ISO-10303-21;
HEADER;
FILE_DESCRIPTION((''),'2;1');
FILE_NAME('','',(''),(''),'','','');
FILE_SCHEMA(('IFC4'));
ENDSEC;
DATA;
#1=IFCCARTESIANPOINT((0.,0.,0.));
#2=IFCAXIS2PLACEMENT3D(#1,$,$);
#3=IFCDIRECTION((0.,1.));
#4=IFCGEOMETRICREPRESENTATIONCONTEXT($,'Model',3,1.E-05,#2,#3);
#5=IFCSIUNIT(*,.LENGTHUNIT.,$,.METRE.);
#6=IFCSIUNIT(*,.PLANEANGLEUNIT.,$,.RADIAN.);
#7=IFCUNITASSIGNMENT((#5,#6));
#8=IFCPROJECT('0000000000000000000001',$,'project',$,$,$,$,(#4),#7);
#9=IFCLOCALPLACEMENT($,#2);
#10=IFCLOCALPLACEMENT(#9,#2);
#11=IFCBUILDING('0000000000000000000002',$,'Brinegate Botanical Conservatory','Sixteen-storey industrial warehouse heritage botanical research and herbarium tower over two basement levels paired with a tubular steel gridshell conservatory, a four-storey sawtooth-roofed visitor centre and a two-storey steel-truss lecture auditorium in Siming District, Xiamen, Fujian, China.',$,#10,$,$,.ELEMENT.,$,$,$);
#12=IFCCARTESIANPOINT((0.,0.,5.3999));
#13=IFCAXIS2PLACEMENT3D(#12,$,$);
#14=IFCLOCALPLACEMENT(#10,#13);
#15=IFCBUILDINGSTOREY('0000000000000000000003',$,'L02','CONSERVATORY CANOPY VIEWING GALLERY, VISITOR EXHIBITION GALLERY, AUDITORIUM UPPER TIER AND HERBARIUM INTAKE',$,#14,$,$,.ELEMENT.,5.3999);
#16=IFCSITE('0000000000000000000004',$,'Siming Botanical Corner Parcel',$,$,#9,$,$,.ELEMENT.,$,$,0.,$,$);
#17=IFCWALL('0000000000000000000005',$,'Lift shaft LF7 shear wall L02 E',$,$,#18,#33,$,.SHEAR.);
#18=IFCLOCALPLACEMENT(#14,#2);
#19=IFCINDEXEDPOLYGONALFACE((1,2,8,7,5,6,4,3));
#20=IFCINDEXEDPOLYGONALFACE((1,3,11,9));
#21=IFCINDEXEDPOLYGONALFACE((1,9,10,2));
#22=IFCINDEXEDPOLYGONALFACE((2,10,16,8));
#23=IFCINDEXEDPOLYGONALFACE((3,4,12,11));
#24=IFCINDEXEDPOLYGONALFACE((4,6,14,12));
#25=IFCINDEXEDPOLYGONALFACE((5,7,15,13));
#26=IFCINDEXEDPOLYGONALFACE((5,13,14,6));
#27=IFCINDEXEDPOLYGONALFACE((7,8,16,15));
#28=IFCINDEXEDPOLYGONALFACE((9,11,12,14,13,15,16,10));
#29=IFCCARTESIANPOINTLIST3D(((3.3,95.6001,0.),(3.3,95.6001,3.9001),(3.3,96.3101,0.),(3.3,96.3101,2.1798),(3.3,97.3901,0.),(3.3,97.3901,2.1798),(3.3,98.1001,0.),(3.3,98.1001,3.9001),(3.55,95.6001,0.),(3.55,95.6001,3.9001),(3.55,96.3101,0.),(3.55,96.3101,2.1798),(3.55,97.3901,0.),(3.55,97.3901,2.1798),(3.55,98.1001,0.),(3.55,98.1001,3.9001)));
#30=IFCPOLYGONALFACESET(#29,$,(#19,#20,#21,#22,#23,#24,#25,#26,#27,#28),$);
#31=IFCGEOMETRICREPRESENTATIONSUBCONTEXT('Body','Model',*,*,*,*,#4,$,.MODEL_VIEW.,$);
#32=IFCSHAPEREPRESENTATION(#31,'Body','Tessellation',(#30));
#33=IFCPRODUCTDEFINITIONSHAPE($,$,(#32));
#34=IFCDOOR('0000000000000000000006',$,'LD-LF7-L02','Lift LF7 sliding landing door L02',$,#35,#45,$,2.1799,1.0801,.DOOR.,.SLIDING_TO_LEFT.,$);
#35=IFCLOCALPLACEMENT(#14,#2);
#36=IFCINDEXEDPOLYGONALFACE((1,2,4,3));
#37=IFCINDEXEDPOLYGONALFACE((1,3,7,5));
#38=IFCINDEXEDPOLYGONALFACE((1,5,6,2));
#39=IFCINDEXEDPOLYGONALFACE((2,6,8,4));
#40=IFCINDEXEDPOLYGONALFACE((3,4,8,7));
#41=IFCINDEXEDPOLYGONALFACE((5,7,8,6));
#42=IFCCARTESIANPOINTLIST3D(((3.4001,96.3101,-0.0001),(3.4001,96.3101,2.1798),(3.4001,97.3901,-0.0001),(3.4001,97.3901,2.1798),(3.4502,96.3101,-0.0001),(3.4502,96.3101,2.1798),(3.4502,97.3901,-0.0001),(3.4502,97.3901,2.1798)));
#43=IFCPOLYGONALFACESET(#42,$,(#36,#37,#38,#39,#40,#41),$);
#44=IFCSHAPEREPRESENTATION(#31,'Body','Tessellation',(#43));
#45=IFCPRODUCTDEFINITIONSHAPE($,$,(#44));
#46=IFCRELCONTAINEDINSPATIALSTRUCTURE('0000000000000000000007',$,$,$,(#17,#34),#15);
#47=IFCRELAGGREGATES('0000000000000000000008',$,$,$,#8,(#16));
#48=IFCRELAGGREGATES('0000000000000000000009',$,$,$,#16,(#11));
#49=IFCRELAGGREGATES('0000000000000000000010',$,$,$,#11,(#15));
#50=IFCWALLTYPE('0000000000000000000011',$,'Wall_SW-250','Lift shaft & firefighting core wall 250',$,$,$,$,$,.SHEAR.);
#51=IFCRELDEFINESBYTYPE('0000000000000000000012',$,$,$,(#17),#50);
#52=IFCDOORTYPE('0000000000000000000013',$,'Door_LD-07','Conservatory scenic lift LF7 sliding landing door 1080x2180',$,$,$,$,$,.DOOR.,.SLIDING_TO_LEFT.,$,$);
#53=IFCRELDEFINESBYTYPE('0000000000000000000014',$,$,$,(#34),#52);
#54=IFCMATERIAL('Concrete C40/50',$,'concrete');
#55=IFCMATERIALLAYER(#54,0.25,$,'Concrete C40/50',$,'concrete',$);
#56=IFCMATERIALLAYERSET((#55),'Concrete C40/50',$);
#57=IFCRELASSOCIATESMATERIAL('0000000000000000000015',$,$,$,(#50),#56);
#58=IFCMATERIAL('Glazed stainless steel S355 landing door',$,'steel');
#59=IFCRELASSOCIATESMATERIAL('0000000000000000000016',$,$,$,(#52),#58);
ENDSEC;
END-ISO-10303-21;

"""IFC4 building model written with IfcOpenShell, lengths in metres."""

from ifc_helpers import new_model, si_unit, direction, frame, frame_2d, origin, place, context, subcontext, project, spatial, rectangle, extrude, material, layer, layer_set, type_object, element, fill, save


model = new_model("IFC4")

# Units and contexts
model_context = context("Model", 3, precision=1e-05, world=origin(), true_north=direction((0.0, 1.0)))
body_context = subcontext(model_context, "Body", "Model", "MODEL_VIEW")
ifc_project = project(units=[si_unit("LENGTHUNIT", "METRE"), si_unit("PLANEANGLEUNIT", "RADIAN")], contexts=[model_context])

# Site, building, storey
site_placement = place(None, origin())
site = spatial("IfcSite", under=ifc_project, at=site_placement, Name="Siming Botanical Corner Parcel", CompositionType="ELEMENT", RefElevation=0.0)
building_placement = place(site_placement, origin())
building = spatial("IfcBuilding", under=site, at=building_placement, Name="Brinegate Botanical Conservatory", Description="Sixteen-storey industrial warehouse heritage botanical research and herbarium tower over two basement levels paired with a tubular steel gridshell conservatory, a four-storey sawtooth-roofed visitor centre and a two-storey steel-truss lecture auditorium in Siming District, Xiamen, Fujian, China.", CompositionType="ELEMENT")
storey_placement = place(building_placement, frame((0.0, 0.0, 5.3999)))
storey = spatial("IfcBuildingStorey", under=building, at=storey_placement, Name="L02", Description="CONSERVATORY CANOPY VIEWING GALLERY, VISITOR EXHIBITION GALLERY, AUDITORIUM UPPER TIER AND HERBARIUM INTAKE", CompositionType="ELEMENT", Elevation=5.3999)

# Shared definitions
ifc_material_1 = material(Name="Concrete C40/50", Category="concrete")

# Shared definitions
ifc_layer_1 = layer(ifc_material_1, 0.25, Name="Concrete C40/50", Category="concrete")
ifc_layer_set_1 = layer_set([ifc_layer_1], Name="Concrete C40/50")
wall_type_1 = type_object("IfcWallType", Name="Wall_SW-250", Description="Lift shaft & firefighting core wall 250", PredefinedType="SHEAR", material=ifc_layer_set_1)

# Wall, opening, door
wall_1_placement = place(storey_placement, frame((3.425, 95.6001, 0.0), z_axis=(0.0, 0.0, 1.0), x_axis=(0.0, 1.0, 0.0)))
wall_1 = element("IfcWall", 1, at=wall_1_placement, inside=storey, type_object=wall_type_1, Name="Lift shaft LF7 shear wall L02 E", PredefinedType="SHEAR", context=body_context, shape_type="SweptSolid", body=[
    extrude(rectangle(XDim=2.5, YDim=0.25, at=frame_2d((1.25, 0.0))), origin(), (0.0, 0.0, 1.0), 3.9001),
])
opening_1_placement = place(wall_1_placement, frame((0.71, 0.0, 0.0)))
opening_1 = element("IfcOpeningElement", 2, at=opening_1_placement, cuts=wall_1, PredefinedType="OPENING", context=body_context, shape_type="SweptSolid", body=[
    extrude(rectangle(XDim=1.0801, YDim=2.1799, at=frame_2d((0.54, 1.0898))), frame((0.0, 0.135, 0.0), z_axis=(0.0, -1.0, 0.0), x_axis=(1.0, 0.0, 0.0)), (0.0, 0.0, 1.0), 0.27),
])
ifc_material_2 = material(Name="Glazed stainless steel S355 landing door", Category="steel")
door_type = type_object("IfcDoorType", Name="Door_LD-07", Description="Conservatory scenic lift LF7 sliding landing door 1080x2180", OperationType="SLIDING_TO_LEFT", PredefinedType="DOOR", material=ifc_material_2)
door_placement = place(opening_1_placement, origin())
door = element("IfcDoor", 3, at=door_placement, inside=storey, type_object=door_type, Name="LD-LF7-L02", Description="Lift LF7 sliding landing door L02", OperationType="SLIDING_TO_LEFT", OverallHeight=2.1799, OverallWidth=1.0801, PredefinedType="DOOR", context=body_context, shape_type="SweptSolid", body=[
    extrude(rectangle(XDim=1.0801, YDim=2.1799, at=frame_2d((0.54, 1.0898))), frame((0.0, 0.0249, 0.0), z_axis=(0.0, -1.0, 0.0), x_axis=(1.0, 0.0, 0.0)), (0.0, 0.0, 1.0), 0.05),
])
fill(opening_1, door)

save(model, "model.ifc")
